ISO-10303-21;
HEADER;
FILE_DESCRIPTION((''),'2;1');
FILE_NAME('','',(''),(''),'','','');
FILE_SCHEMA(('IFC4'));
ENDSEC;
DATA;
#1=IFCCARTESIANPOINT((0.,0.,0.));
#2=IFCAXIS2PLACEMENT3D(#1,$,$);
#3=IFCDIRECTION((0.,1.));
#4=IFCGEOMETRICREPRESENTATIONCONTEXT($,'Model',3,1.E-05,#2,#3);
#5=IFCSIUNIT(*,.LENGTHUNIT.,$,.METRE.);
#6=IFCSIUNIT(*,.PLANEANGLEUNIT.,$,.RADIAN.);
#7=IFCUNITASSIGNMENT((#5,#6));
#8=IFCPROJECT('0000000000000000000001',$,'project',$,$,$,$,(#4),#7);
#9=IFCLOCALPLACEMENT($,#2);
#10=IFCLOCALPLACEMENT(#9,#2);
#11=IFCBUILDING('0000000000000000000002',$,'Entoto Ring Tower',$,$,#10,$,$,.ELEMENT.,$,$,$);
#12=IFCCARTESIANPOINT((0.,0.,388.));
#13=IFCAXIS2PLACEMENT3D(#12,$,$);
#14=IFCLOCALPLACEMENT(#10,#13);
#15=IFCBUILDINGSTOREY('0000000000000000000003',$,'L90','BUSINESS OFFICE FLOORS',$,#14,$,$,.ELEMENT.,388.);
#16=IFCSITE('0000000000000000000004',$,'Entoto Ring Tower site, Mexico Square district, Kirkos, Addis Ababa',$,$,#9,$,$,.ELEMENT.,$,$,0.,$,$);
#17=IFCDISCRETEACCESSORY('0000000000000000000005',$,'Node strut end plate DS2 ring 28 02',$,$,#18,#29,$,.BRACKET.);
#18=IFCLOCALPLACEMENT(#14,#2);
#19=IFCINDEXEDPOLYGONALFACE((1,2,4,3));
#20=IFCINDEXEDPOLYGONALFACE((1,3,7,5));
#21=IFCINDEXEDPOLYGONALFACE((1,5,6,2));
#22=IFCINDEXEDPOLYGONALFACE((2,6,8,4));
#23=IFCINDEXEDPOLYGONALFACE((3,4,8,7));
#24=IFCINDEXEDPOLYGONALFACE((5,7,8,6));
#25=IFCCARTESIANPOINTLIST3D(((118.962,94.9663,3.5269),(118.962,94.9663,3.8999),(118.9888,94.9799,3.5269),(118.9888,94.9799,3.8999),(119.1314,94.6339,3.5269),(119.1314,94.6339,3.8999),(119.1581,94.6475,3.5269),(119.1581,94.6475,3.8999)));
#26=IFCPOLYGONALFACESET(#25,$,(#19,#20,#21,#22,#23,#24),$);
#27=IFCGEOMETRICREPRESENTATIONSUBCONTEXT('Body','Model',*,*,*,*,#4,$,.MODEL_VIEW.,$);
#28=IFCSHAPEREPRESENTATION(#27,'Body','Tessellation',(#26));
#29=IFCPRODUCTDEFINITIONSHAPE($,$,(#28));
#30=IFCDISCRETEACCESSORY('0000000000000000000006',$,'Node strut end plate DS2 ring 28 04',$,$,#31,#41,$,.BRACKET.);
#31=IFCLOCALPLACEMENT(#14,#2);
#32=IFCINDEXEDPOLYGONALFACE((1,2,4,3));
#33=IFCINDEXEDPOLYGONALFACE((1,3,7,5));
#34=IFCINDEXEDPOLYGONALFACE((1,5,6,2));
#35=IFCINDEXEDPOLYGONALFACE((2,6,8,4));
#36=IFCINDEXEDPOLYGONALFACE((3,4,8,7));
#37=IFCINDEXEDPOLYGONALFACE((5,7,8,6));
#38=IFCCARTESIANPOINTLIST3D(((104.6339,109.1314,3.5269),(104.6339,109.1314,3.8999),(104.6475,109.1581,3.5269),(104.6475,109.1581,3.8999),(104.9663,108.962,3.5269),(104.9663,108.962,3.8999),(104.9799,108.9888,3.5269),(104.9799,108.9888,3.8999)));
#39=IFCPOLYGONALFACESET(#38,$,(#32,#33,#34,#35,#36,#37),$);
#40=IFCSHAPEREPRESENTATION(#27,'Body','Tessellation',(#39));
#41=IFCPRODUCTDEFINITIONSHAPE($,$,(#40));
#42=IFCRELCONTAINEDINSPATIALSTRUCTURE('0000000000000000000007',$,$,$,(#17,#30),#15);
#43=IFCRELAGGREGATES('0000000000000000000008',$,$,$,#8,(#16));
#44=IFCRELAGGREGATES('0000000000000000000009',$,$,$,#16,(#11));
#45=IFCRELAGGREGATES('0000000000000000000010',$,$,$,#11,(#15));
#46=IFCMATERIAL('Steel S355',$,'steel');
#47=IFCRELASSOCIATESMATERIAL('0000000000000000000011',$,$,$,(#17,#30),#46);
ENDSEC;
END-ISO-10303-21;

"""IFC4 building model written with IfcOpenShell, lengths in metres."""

from ifc_helpers import new_model, si_unit, direction, frame, origin, origin_2d, place, context, subcontext, project, spatial, rectangle, extrude, material, element, save


model = new_model("IFC4")

# Units and contexts
model_context = context("Model", 3, precision=1e-05, world=origin(), true_north=direction((0.0, 1.0)))
body_context = subcontext(model_context, "Body", "Model", "MODEL_VIEW")
ifc_project = project(units=[si_unit("LENGTHUNIT", "METRE"), si_unit("PLANEANGLEUNIT", "RADIAN")], contexts=[model_context])

# Site, building, storey
site_placement = place(None, origin())
site = spatial("IfcSite", under=ifc_project, at=site_placement, Name="Entoto Ring Tower site, Mexico Square district, Kirkos, Addis Ababa", CompositionType="ELEMENT", RefElevation=0.0)
building_placement = place(site_placement, origin())
building = spatial("IfcBuilding", under=site, at=building_placement, Name="Entoto Ring Tower", CompositionType="ELEMENT")
storey_placement = place(building_placement, frame((0.0, 0.0, 388.0)))
storey = spatial("IfcBuildingStorey", under=building, at=storey_placement, Name="L90", Description="BUSINESS OFFICE FLOORS", CompositionType="ELEMENT", Elevation=388.0)

# Discrete accessories
ifc_material_1 = material(Name="Steel S355", Category="steel")
for number, where, z_axis, x_axis, name in (
    (1, (119.0601, 94.8069, 3.5269), (0.0, 0.0, 1.0), (0.891007, 0.45399, 0.0), "Node strut end plate DS2 ring 28 02"),
    (2, (104.8069, 109.0601, 3.5269), (0.0, 0.0, 1.0), (0.45399, 0.891007, 0.0), "Node strut end plate DS2 ring 28 04"),
):
    element("IfcDiscreteAccessory", number, at=place(storey_placement, frame(where, z_axis=z_axis, x_axis=x_axis)), inside=storey, material=ifc_material_1, Name=name, PredefinedType="BRACKET", context=body_context, shape_type="SweptSolid", body=[
        extrude(rectangle(XDim=0.03, YDim=0.373, at=origin_2d()), origin(), (0.0, 0.0, 1.0), 0.373),
    ])

save(model, "model.ifc")
